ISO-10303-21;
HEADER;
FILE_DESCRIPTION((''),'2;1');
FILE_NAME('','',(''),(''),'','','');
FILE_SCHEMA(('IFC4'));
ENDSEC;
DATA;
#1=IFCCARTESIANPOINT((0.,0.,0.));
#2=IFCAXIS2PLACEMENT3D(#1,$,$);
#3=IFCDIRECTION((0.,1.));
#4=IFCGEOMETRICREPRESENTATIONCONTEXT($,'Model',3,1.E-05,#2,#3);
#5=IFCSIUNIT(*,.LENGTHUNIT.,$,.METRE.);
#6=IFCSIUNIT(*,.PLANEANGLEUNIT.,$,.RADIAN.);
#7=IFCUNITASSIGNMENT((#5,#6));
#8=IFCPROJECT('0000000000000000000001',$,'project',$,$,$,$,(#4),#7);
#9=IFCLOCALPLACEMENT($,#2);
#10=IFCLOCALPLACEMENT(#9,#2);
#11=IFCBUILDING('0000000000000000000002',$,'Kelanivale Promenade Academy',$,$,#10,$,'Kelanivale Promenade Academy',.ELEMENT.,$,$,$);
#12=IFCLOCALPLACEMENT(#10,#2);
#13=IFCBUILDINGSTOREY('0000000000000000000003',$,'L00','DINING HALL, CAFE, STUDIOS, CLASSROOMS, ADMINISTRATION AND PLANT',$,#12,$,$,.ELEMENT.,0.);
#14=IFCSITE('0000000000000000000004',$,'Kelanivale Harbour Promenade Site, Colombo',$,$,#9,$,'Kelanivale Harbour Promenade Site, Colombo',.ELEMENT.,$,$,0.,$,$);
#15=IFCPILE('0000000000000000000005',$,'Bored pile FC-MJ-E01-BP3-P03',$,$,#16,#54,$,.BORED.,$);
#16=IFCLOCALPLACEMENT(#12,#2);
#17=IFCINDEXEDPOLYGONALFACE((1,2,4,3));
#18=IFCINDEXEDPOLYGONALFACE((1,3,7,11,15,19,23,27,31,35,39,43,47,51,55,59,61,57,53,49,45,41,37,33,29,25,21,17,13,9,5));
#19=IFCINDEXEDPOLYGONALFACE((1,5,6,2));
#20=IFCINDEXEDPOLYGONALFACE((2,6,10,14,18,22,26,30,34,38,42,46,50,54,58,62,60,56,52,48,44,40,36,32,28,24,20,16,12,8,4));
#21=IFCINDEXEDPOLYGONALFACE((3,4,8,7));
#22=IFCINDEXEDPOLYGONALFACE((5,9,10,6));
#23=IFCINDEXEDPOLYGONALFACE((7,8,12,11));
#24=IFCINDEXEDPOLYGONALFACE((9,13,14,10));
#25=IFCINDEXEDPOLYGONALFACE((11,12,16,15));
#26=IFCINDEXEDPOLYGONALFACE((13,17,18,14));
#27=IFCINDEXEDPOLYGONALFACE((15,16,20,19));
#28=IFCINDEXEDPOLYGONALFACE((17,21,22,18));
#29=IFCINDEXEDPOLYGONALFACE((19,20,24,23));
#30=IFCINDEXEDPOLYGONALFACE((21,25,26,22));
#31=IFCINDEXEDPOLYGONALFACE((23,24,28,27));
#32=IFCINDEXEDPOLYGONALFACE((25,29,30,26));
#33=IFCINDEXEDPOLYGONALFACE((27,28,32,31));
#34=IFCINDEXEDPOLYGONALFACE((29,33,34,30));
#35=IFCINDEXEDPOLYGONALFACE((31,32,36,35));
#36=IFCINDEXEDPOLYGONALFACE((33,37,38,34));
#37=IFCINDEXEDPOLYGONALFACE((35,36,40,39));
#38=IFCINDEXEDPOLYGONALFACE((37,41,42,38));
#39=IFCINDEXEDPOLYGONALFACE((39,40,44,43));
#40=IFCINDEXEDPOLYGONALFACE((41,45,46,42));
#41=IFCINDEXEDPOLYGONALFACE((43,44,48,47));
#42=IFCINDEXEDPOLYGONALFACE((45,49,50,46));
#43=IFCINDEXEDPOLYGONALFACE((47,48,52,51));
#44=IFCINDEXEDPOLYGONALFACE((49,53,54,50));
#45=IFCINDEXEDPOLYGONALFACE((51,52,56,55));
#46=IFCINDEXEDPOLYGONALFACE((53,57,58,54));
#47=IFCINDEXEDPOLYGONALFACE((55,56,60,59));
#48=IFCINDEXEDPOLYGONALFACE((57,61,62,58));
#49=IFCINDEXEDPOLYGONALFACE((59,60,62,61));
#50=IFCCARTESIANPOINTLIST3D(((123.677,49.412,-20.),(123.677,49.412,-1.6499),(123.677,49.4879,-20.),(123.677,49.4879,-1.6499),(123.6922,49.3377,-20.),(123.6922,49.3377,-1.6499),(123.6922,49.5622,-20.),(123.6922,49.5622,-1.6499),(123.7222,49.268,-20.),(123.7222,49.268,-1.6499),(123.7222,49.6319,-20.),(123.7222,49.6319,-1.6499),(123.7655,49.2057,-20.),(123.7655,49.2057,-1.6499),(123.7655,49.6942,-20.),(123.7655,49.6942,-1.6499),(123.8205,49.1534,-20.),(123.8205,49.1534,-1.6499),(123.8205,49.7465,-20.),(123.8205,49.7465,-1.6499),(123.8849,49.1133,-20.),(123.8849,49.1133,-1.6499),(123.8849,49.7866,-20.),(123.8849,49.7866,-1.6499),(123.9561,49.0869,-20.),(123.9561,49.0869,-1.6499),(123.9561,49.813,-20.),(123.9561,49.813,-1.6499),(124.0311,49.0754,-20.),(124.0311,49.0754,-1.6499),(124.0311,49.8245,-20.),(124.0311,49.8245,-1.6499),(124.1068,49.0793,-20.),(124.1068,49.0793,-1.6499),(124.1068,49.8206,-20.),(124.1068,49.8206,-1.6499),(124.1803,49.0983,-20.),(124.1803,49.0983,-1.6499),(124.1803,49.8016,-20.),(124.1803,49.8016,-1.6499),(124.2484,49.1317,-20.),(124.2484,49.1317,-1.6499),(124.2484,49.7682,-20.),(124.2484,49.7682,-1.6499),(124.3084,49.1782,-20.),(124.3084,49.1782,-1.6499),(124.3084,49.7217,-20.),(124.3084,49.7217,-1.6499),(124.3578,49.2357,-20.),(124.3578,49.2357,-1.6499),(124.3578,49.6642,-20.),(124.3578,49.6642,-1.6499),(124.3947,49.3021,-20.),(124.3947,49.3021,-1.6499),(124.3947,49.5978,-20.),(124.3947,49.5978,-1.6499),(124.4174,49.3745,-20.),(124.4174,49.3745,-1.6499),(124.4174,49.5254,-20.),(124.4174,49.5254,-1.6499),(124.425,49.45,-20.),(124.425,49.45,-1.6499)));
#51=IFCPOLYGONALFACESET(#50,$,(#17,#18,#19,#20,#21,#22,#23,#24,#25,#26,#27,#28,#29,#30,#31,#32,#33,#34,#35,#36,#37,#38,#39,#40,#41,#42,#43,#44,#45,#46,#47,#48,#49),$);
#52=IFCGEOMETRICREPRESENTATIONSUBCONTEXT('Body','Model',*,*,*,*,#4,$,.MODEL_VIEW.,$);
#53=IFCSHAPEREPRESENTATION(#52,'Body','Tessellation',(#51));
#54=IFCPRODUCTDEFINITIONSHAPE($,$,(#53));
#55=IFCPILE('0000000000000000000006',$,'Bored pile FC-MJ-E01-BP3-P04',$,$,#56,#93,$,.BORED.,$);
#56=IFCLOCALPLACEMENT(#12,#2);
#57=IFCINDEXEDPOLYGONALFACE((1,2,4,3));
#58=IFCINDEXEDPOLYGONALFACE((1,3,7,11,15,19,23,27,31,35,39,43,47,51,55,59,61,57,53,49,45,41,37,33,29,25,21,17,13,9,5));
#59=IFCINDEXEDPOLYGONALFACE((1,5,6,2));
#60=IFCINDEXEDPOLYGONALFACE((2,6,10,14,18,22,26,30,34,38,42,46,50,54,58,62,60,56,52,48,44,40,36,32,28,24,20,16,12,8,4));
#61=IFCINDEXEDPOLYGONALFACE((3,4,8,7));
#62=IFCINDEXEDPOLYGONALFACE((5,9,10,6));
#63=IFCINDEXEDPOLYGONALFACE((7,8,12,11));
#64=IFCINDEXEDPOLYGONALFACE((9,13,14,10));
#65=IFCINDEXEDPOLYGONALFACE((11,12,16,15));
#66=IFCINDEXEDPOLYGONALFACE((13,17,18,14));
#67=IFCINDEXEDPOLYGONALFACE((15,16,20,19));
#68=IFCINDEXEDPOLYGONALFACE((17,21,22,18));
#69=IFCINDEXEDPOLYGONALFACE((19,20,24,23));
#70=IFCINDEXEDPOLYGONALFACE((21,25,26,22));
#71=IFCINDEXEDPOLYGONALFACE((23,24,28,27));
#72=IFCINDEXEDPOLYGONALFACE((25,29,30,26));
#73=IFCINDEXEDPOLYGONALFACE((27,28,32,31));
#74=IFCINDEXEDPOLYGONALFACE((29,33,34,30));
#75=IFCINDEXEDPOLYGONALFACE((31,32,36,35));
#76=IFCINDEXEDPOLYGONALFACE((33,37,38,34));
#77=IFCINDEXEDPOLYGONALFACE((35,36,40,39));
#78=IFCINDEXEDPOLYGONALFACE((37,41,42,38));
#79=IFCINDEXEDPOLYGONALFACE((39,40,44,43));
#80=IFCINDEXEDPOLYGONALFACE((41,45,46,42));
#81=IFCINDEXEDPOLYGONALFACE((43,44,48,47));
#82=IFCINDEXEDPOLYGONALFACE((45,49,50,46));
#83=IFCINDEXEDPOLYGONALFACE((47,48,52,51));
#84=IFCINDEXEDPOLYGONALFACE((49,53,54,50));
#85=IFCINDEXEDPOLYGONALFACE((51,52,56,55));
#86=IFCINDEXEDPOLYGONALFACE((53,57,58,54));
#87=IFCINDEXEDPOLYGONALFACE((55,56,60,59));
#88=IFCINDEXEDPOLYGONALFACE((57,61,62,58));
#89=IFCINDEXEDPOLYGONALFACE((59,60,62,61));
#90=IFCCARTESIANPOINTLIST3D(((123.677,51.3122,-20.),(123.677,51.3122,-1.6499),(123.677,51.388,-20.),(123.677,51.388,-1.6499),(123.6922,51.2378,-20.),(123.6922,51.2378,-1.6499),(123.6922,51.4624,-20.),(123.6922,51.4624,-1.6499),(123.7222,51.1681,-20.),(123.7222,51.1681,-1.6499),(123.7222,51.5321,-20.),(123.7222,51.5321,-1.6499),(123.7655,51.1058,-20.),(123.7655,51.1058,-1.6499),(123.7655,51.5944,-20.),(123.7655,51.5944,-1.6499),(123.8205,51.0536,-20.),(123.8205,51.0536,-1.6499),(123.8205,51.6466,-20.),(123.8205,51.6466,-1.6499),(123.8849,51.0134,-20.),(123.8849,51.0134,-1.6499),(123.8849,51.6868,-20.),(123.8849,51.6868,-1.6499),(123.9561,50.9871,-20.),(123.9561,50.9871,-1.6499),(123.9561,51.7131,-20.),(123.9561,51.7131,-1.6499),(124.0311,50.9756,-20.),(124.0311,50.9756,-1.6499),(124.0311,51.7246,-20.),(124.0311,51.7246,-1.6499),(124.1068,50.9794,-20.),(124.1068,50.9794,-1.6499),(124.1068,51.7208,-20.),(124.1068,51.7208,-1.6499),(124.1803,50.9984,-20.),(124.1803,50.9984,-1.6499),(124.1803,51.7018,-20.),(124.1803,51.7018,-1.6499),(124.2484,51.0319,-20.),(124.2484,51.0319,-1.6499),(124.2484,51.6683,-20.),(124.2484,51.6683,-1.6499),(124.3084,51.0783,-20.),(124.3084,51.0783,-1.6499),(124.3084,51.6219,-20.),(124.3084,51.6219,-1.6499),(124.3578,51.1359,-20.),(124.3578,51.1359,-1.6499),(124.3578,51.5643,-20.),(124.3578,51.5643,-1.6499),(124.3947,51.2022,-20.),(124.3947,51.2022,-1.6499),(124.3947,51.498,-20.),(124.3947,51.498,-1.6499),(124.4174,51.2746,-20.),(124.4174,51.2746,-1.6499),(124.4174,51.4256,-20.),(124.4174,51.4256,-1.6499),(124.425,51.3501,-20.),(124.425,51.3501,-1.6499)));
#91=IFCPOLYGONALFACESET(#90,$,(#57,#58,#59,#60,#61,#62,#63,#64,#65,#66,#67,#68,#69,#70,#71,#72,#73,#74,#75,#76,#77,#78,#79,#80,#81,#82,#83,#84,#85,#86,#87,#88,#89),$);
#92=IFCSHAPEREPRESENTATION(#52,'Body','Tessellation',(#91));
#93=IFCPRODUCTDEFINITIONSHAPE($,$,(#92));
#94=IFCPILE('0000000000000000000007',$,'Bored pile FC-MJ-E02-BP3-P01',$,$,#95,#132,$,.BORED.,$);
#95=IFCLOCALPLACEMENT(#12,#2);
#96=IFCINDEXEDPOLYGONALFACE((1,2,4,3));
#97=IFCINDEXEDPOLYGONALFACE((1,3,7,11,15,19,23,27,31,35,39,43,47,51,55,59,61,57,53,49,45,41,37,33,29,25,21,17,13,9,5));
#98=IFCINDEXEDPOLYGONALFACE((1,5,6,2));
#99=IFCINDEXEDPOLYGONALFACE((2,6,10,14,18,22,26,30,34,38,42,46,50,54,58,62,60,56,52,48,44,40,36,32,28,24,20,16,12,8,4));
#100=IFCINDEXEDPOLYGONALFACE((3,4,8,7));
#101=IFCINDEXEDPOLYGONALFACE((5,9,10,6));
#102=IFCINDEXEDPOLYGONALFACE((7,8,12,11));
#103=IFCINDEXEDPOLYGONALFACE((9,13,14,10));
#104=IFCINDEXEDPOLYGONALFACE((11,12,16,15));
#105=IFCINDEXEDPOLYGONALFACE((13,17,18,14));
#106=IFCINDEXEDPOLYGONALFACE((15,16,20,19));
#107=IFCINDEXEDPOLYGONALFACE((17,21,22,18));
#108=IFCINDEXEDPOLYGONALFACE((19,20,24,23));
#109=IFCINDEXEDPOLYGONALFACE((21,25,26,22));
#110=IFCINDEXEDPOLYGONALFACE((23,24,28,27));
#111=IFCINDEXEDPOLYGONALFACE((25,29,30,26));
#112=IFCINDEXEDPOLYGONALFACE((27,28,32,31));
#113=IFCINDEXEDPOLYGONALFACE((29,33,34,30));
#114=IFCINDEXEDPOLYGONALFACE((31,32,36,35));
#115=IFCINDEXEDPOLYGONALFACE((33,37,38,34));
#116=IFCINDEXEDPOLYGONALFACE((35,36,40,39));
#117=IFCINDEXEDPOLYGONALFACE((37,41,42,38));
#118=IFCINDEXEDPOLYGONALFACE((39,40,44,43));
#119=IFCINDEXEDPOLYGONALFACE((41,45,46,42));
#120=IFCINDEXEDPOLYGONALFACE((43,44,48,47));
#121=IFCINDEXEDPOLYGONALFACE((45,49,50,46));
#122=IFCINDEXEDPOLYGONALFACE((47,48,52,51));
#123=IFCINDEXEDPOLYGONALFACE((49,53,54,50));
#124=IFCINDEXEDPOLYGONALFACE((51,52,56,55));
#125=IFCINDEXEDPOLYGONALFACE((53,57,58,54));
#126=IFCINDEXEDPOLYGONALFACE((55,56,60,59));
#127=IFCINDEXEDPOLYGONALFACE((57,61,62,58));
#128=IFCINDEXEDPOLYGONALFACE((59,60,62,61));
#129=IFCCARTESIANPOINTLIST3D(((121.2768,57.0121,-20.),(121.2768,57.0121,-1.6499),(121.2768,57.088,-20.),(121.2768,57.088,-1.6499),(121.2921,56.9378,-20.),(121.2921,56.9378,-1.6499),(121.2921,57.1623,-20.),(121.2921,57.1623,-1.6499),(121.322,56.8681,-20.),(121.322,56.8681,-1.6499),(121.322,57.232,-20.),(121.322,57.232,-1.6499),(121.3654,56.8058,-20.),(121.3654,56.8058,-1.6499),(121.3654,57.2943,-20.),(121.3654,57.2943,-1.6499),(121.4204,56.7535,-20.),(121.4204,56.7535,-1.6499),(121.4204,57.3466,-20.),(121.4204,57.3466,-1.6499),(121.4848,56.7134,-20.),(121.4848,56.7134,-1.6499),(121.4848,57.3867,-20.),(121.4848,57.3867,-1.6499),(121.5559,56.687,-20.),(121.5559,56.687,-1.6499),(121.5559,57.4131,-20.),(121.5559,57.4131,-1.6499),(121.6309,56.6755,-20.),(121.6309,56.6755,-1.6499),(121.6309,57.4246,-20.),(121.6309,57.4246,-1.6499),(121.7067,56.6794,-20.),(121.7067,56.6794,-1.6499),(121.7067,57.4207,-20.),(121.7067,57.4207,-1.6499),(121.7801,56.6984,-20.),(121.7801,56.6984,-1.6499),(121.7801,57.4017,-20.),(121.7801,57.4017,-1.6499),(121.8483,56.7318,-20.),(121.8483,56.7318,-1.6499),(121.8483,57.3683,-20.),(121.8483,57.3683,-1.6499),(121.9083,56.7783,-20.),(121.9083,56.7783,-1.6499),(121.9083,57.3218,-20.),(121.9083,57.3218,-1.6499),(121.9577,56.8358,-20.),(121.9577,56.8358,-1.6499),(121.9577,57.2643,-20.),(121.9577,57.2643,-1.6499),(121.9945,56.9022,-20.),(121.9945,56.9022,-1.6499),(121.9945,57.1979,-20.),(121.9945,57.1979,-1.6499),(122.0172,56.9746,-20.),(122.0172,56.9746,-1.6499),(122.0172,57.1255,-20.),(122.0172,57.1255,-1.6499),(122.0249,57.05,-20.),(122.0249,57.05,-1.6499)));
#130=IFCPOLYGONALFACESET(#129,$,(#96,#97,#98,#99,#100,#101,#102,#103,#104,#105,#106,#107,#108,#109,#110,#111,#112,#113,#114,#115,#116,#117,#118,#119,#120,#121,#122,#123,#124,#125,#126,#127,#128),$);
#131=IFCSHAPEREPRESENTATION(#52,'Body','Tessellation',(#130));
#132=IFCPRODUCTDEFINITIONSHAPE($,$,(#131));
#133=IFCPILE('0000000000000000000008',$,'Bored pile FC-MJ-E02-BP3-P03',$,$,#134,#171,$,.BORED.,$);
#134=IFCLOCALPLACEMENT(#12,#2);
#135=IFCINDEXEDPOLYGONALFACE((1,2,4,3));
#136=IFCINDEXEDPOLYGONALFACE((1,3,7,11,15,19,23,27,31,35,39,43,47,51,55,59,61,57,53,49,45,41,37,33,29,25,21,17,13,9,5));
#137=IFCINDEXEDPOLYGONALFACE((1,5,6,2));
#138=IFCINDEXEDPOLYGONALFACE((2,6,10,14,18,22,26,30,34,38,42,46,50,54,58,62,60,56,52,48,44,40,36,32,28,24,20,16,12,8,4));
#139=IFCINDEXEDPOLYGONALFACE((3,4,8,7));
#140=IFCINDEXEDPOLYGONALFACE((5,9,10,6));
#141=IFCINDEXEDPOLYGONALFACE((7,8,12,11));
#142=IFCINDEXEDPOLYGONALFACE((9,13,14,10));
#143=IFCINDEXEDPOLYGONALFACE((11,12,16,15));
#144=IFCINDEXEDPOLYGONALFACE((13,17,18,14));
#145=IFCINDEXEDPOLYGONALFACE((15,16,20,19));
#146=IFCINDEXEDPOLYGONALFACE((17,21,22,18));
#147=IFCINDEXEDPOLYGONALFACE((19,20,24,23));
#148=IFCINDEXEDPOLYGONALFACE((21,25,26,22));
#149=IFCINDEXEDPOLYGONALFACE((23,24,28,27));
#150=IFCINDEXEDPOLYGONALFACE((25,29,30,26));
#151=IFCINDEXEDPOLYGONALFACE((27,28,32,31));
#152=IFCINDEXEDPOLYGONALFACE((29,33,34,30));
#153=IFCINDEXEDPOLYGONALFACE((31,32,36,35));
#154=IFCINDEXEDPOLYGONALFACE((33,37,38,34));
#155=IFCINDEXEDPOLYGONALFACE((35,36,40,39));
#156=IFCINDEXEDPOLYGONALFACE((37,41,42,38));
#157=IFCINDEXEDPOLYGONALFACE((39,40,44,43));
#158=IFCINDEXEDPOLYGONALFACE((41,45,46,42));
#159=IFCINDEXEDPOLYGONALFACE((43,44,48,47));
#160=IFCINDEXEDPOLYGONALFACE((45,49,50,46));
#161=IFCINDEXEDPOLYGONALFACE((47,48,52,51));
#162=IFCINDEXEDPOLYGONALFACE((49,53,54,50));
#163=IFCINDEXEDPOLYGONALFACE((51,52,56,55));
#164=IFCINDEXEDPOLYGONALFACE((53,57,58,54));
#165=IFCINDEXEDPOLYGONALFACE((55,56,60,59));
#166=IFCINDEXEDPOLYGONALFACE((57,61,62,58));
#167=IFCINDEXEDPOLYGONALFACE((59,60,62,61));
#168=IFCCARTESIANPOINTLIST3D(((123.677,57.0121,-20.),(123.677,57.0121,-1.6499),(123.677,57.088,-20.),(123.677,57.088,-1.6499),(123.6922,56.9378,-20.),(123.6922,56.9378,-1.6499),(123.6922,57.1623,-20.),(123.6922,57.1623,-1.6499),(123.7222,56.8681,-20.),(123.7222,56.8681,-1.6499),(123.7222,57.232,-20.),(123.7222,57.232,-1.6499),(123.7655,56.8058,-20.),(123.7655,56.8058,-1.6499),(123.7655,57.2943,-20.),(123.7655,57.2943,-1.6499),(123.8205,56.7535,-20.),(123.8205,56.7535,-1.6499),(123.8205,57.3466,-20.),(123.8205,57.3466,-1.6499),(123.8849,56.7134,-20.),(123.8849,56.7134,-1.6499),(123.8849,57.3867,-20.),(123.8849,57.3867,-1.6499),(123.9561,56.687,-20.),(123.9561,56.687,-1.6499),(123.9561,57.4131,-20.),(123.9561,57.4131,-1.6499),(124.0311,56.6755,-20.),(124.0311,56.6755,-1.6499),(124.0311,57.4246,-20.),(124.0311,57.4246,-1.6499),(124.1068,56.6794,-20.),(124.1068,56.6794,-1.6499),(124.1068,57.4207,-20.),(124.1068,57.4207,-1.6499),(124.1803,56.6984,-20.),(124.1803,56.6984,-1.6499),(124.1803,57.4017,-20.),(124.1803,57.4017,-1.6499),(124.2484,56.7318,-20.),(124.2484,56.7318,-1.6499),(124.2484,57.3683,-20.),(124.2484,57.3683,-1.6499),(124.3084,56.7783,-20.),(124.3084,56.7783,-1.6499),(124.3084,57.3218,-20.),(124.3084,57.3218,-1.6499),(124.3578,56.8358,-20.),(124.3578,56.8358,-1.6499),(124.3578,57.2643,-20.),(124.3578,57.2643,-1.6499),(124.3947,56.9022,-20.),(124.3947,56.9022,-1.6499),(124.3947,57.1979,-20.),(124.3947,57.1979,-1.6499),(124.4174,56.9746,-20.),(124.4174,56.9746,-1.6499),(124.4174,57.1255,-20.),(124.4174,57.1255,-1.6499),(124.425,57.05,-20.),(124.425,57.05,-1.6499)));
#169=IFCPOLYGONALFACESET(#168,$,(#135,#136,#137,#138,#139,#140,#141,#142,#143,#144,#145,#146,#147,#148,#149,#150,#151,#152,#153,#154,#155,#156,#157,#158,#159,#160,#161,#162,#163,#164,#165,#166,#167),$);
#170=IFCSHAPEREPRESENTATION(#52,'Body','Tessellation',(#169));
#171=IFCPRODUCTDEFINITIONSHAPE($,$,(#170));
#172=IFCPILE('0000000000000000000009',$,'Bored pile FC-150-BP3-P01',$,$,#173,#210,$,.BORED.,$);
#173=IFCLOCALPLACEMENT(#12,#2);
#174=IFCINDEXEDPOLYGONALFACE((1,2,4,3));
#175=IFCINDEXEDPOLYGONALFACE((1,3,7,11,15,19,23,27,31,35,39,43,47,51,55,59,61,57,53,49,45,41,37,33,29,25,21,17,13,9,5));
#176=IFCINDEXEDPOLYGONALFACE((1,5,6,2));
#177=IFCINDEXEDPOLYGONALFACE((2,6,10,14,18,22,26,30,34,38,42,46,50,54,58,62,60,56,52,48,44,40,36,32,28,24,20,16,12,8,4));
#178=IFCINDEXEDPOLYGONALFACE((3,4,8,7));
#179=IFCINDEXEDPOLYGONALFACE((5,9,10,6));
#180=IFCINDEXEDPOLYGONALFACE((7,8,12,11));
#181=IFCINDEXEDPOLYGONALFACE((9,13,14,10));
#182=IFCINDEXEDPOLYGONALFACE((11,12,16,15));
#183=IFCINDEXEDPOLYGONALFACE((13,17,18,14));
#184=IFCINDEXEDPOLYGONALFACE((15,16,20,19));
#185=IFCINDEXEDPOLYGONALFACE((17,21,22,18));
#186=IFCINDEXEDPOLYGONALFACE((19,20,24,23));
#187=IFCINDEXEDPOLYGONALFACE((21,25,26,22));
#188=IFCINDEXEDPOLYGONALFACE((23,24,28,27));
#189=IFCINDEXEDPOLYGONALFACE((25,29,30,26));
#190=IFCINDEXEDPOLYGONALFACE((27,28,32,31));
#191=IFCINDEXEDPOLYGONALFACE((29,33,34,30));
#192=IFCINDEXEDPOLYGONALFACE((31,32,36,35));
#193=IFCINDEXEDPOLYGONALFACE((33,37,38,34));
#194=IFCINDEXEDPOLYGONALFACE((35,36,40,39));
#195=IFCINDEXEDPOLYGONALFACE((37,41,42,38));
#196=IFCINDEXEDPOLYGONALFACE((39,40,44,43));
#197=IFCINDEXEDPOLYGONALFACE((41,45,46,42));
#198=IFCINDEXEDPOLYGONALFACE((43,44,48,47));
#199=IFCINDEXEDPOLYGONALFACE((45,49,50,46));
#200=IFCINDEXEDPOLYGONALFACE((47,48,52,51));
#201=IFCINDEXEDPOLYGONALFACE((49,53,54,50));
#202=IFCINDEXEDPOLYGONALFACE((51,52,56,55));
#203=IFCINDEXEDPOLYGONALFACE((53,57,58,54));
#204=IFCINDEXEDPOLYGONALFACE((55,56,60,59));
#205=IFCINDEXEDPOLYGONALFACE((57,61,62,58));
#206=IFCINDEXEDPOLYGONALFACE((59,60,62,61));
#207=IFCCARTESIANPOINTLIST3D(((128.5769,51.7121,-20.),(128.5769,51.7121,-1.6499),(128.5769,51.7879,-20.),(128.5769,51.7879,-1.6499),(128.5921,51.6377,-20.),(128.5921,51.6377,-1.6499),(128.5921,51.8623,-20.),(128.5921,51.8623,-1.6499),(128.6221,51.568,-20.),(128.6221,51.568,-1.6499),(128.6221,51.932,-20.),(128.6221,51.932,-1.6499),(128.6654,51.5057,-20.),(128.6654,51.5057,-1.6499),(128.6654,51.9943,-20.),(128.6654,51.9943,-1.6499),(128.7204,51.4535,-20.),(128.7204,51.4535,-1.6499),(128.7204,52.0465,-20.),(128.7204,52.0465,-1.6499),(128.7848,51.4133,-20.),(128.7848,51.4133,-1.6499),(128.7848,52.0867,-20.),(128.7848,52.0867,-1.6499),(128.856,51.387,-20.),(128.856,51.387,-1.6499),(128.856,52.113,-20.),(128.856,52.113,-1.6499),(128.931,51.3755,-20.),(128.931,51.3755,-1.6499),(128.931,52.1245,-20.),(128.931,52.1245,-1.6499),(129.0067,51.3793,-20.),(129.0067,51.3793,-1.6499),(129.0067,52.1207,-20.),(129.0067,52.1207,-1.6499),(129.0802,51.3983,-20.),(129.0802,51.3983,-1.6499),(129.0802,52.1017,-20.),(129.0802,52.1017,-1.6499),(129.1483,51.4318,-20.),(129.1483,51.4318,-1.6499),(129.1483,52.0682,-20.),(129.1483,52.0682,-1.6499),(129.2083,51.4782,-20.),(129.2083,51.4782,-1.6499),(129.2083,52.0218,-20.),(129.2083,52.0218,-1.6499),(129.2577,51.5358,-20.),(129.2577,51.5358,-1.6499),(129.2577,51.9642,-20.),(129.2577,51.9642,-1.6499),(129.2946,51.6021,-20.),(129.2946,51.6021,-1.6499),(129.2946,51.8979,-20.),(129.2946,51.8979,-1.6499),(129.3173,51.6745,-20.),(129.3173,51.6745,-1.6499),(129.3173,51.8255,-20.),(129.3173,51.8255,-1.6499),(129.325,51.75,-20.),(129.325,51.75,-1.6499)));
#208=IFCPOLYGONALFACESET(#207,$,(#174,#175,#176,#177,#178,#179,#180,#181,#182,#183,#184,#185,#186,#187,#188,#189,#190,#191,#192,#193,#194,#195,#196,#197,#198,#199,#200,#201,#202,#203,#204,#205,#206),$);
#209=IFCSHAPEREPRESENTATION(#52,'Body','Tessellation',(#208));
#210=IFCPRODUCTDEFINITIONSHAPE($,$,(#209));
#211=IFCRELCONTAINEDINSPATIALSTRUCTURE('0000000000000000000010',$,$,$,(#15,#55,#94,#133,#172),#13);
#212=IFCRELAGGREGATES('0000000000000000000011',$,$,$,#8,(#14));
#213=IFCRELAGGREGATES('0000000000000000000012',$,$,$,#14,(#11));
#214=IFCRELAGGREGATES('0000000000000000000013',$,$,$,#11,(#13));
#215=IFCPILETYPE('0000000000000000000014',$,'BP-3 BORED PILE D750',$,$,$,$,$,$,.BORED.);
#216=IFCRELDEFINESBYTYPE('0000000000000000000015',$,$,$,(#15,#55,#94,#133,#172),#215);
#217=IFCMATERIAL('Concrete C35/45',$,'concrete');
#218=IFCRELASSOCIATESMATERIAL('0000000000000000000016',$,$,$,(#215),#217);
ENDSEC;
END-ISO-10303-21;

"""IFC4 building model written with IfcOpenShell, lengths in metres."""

from ifc_helpers import new_model, si_unit, direction, frame, origin, origin_2d, place, context, subcontext, project, spatial, circle, extrude, material, material_profile, profile_set, type_object, element, save


model = new_model("IFC4")

# Units and contexts
model_context = context("Model", 3, precision=1e-05, world=origin(), true_north=direction((0.0, 1.0)))
body_context = subcontext(model_context, "Body", "Model", "MODEL_VIEW")
ifc_project = project(units=[si_unit("LENGTHUNIT", "METRE"), si_unit("PLANEANGLEUNIT", "RADIAN")], contexts=[model_context])

# Site, building, storey
site_placement = place(None, origin())
site = spatial("IfcSite", under=ifc_project, at=site_placement, Name="Kelanivale Harbour Promenade Site, Colombo", LongName="Kelanivale Harbour Promenade Site, Colombo", CompositionType="ELEMENT", RefElevation=0.0)
building_placement = place(site_placement, origin())
building = spatial("IfcBuilding", under=site, at=building_placement, Name="Kelanivale Promenade Academy", LongName="Kelanivale Promenade Academy", CompositionType="ELEMENT")
storey_placement = place(building_placement, origin())
storey = spatial("IfcBuildingStorey", under=building, at=storey_placement, Name="L00", Description="DINING HALL, CAFE, STUDIOS, CLASSROOMS, ADMINISTRATION AND PLANT", CompositionType="ELEMENT", Elevation=0.0)

# Piles
ifc_material_1 = material(Name="Concrete C35/45", Category="concrete")
ifc_material_profile_1 = material_profile(ifc_material_1, circle(Radius=0.375, at=origin_2d()), Name="BORED PILE D750")
ifc_profile_set_1 = profile_set([ifc_material_profile_1], Name="Concrete C35/45")
pile_type = type_object("IfcPileType", Name="BP-3 BORED PILE D750", PredefinedType="BORED", material=ifc_profile_set_1)
for number, where, z_axis, x_axis, name in (
    (1, (124.05, 49.45, -1.6499), (0.0, 0.0, -1.0), (1.0, 0.0, 0.0), "Bored pile FC-MJ-E01-BP3-P03"),
    (2, (124.05, 51.3501, -1.6499), (0.0, 0.0, -1.0), (1.0, 0.0, 0.0), "Bored pile FC-MJ-E01-BP3-P04"),
    (3, (121.6499, 57.05, -1.6499), (0.0, 0.0, -1.0), (1.0, 0.0, 0.0), "Bored pile FC-MJ-E02-BP3-P01"),
    (4, (124.05, 57.05, -1.6499), (0.0, 0.0, -1.0), (1.0, 0.0, 0.0), "Bored pile FC-MJ-E02-BP3-P03"),
    (5, (128.95, 51.75, -1.6499), (0.0, 0.0, -1.0), (1.0, 0.0, 0.0), "Bored pile FC-150-BP3-P01"),
):
    element("IfcPile", number, at=place(storey_placement, frame(where, z_axis=z_axis, x_axis=x_axis)), inside=storey, type_object=pile_type, Name=name, PredefinedType="BORED", context=body_context, shape_type="SweptSolid", body=[
        extrude(circle(Radius=0.375, at=origin_2d()), origin(), (0.0, 0.0, 1.0), 18.3501),
    ])

save(model, "model.ifc")
